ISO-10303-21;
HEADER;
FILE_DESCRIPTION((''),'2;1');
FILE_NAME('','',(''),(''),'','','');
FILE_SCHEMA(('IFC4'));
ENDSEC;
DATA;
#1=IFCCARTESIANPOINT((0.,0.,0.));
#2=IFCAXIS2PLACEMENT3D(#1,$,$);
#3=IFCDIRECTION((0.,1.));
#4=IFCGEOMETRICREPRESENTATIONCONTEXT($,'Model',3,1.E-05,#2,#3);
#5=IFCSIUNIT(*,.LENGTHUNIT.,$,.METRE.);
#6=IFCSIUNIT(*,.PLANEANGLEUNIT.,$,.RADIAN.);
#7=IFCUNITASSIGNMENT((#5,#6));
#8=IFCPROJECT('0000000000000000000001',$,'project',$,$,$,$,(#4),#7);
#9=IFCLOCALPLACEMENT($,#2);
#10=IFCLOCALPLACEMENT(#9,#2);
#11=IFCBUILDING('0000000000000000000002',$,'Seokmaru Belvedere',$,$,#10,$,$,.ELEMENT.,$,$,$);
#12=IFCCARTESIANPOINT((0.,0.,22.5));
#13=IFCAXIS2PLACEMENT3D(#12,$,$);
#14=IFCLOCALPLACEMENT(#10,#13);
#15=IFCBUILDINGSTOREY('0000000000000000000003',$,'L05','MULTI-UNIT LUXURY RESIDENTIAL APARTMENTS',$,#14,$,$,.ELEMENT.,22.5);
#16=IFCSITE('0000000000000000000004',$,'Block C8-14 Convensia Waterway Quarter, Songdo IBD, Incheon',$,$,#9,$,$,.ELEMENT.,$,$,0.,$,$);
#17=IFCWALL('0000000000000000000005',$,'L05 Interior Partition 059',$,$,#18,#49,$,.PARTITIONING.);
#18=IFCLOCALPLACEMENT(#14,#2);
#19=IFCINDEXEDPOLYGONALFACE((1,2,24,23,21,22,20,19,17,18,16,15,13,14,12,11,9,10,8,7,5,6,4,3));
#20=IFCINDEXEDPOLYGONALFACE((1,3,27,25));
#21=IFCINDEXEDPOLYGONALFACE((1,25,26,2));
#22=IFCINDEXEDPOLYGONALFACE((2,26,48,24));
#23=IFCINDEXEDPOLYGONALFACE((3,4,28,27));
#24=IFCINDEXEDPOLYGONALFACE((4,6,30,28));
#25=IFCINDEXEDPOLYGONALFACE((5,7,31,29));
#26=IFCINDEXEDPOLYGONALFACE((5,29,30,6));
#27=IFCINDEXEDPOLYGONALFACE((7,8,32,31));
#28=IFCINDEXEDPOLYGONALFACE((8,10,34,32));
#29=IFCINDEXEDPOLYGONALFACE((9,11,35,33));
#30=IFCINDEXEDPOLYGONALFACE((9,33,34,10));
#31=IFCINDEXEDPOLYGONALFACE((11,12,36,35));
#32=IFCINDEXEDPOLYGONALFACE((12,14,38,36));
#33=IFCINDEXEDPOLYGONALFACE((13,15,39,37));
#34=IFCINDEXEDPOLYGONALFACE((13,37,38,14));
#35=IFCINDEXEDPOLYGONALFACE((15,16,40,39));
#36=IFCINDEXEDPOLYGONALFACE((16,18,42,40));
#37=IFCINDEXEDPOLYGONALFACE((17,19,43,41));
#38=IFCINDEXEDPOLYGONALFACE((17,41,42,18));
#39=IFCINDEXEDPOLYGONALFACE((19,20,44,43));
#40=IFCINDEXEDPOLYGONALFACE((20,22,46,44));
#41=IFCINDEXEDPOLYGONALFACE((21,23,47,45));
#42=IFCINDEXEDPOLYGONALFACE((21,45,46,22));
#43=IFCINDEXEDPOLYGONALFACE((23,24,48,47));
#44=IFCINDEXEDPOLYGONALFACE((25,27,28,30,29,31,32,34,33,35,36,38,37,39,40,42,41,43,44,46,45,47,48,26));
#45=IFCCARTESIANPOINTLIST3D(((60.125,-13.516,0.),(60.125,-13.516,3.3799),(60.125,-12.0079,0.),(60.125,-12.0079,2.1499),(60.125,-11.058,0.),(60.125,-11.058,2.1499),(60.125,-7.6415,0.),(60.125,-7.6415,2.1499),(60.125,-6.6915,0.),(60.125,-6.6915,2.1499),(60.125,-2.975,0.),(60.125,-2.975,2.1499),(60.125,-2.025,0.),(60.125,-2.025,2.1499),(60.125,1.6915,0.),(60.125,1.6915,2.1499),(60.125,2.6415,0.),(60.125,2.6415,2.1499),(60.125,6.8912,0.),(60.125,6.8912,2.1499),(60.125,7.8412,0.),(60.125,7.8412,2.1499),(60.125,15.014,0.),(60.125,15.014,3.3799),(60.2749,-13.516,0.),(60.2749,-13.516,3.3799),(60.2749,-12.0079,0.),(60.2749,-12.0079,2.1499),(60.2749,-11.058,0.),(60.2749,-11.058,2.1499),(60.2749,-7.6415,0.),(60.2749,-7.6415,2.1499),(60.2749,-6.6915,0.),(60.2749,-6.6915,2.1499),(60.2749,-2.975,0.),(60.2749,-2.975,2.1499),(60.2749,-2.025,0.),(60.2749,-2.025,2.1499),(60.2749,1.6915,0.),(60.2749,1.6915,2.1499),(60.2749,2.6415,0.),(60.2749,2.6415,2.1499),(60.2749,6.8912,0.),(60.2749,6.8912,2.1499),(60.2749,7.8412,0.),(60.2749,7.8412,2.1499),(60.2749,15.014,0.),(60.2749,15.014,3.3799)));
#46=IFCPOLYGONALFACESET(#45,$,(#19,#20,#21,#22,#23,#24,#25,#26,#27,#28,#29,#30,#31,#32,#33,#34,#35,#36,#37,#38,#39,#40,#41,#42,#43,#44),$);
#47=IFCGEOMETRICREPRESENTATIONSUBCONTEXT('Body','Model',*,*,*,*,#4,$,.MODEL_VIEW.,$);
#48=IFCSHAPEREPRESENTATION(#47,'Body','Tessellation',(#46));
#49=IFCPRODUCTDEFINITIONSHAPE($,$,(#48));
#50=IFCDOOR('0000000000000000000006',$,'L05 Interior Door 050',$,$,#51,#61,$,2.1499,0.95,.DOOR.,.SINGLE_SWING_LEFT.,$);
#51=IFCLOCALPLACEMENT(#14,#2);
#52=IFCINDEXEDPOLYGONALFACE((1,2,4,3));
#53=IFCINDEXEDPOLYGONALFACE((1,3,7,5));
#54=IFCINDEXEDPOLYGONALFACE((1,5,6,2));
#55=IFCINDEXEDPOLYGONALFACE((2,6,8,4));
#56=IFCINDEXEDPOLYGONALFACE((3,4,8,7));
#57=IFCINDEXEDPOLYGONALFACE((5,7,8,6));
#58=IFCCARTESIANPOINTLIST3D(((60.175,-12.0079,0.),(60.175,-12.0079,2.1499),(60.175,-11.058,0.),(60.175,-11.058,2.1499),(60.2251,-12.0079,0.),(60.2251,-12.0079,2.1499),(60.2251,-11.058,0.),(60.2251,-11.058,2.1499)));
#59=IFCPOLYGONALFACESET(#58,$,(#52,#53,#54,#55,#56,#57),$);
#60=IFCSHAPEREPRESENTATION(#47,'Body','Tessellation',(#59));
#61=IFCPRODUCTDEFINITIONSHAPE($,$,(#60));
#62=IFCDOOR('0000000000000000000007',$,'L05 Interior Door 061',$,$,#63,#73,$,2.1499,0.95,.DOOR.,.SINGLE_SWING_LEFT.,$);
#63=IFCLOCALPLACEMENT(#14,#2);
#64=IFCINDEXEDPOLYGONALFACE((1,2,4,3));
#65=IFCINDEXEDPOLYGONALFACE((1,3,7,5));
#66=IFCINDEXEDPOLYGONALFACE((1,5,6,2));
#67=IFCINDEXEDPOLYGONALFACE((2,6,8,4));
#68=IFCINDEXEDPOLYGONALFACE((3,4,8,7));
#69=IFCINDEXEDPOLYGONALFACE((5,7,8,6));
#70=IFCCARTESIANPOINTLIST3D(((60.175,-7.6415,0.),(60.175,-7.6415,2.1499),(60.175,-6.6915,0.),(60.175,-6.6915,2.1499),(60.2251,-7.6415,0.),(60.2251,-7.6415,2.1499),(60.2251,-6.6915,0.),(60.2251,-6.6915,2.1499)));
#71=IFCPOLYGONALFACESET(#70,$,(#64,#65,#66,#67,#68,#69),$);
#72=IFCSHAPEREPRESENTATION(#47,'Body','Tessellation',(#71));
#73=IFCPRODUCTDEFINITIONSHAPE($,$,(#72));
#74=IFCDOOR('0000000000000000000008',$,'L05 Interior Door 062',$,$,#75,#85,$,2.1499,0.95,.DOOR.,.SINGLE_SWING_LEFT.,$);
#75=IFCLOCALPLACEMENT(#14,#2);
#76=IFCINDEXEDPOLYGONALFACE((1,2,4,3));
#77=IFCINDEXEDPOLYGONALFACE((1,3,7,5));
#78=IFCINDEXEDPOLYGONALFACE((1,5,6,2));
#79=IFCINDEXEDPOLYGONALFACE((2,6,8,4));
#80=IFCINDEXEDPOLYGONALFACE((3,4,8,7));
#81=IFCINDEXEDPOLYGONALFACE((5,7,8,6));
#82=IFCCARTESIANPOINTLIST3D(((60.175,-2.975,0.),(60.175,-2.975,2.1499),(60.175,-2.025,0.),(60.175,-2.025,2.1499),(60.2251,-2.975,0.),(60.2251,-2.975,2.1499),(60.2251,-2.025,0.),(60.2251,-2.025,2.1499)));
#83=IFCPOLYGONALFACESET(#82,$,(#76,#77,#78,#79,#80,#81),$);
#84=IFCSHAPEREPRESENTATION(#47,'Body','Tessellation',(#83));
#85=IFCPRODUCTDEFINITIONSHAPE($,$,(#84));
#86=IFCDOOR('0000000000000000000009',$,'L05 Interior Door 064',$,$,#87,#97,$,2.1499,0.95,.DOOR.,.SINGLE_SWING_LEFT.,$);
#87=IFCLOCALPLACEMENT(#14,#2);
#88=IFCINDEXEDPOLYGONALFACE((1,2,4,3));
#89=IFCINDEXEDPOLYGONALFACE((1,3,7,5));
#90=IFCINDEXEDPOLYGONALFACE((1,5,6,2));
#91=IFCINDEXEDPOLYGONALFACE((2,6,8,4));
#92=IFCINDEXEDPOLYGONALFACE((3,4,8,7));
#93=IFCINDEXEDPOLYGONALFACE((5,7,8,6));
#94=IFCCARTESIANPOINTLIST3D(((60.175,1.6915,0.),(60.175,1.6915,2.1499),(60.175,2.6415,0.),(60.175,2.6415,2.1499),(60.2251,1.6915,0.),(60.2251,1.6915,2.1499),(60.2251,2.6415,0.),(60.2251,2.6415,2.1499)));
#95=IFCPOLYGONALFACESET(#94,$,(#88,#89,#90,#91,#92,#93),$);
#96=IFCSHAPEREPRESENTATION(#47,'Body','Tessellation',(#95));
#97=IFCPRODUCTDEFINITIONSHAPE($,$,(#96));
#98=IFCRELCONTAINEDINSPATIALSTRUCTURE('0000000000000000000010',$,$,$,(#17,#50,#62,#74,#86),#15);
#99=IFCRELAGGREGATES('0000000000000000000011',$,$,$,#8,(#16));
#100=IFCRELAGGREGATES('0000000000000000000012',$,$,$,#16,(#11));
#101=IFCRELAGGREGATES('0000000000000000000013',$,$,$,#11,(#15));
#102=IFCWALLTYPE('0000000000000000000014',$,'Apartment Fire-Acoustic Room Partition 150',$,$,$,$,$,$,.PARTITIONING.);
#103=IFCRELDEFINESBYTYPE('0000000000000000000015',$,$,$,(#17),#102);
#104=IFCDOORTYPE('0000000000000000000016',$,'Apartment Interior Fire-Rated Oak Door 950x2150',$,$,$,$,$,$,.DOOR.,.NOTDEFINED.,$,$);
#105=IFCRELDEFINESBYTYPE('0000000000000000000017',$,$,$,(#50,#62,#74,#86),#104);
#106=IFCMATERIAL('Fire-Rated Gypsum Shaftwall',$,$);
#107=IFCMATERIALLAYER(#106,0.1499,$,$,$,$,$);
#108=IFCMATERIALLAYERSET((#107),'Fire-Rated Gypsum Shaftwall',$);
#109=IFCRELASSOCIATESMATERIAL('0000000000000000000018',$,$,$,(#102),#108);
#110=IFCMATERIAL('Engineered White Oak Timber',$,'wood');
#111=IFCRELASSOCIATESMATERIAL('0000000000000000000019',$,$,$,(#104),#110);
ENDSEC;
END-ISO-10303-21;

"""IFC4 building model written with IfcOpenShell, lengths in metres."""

from ifc_helpers import new_model, si_unit, direction, frame, frame_2d, origin, place, context, subcontext, project, spatial, rectangle, extrude, source, transform, mapped, material, layer, layer_set, type_object, type_shapes, element, fill, save


model = new_model("IFC4")

# Units and contexts
model_context = context("Model", 3, precision=1e-05, world=origin(), true_north=direction((0.0, 1.0)))
body_context = subcontext(model_context, "Body", "Model", "MODEL_VIEW")
ifc_project = project(units=[si_unit("LENGTHUNIT", "METRE"), si_unit("PLANEANGLEUNIT", "RADIAN")], contexts=[model_context])

# Site, building, storey
site_placement = place(None, origin())
site = spatial("IfcSite", under=ifc_project, at=site_placement, Name="Block C8-14 Convensia Waterway Quarter, Songdo IBD, Incheon", CompositionType="ELEMENT", RefElevation=0.0)
building_placement = place(site_placement, origin())
building = spatial("IfcBuilding", under=site, at=building_placement, Name="Seokmaru Belvedere", CompositionType="ELEMENT")
storey_placement = place(building_placement, frame((0.0, 0.0, 22.5)))
storey = spatial("IfcBuildingStorey", under=building, at=storey_placement, Name="L05", Description="MULTI-UNIT LUXURY RESIDENTIAL APARTMENTS", CompositionType="ELEMENT", Elevation=22.5)

# Wall, openings, doors
ifc_material_1 = material(Name="Fire-Rated Gypsum Shaftwall")
ifc_layer_1 = layer(ifc_material_1, 0.1499)
ifc_layer_set_1 = layer_set([ifc_layer_1], Name="Fire-Rated Gypsum Shaftwall")
wall_type = type_object("IfcWallType", Name="Apartment Fire-Acoustic Room Partition 150", PredefinedType="PARTITIONING", material=ifc_layer_set_1)
ifc_material_2 = material(Name="Engineered White Oak Timber", Category="wood")
door_type = type_object("IfcDoorType", Name="Apartment Interior Fire-Rated Oak Door 950x2150", OperationType="NOTDEFINED", PredefinedType="DOOR", material=ifc_material_2)
shared_shape_1 = source(origin(), body_context, "Body", "SweptSolid", [
    extrude(rectangle(XDim=0.95, YDim=2.1499, at=frame_2d((0.4751, 1.075))), frame((0.0, 0.0249, 0.0), z_axis=(0.0, -1.0, 0.0), x_axis=(1.0, 0.0, 0.0)), (0.0, 0.0, 1.0), 0.05),
])
type_shapes(door_type, [shared_shape_1])
wall_1_placement = place(storey_placement, frame((60.2, -13.5161, 0.0), z_axis=(0.0, 0.0, 1.0), x_axis=(0.0, 1.0, 0.0)))
wall_1 = element("IfcWall", 1, at=wall_1_placement, inside=storey, type_object=wall_type, Name="L05 Interior Partition 059", PredefinedType="PARTITIONING", context=body_context, shape_type="SweptSolid", body=[
    extrude(rectangle(XDim=28.53, YDim=0.1499, at=frame_2d((14.2651, 0.0))), origin(), (0.0, 0.0, 1.0), 3.3799),
])
opening_1_placement = place(wall_1_placement, frame((1.5081, 0.0, 0.0)))
opening_1 = element("IfcOpeningElement", 2, at=opening_1_placement, cuts=wall_1, PredefinedType="OPENING", context=body_context, shape_type="SweptSolid", body=[
    extrude(rectangle(XDim=0.95, YDim=2.1499, at=frame_2d((0.4751, 1.075))), frame((0.0, 0.085, 0.0), z_axis=(0.0, -1.0, 0.0), x_axis=(1.0, 0.0, 0.0)), (0.0, 0.0, 1.0), 0.1699),
])
opening_2_placement = place(wall_1_placement, frame((5.8745, 0.0, 0.0)))
opening_2 = element("IfcOpeningElement", 3, at=opening_2_placement, cuts=wall_1, PredefinedType="OPENING", context=body_context, shape_type="SweptSolid", body=[
    extrude(rectangle(XDim=0.95, YDim=2.1499, at=frame_2d((0.4751, 1.075))), frame((0.0, 0.085, 0.0), z_axis=(0.0, -1.0, 0.0), x_axis=(1.0, 0.0, 0.0)), (0.0, 0.0, 1.0), 0.1699),
])
opening_3_placement = place(wall_1_placement, frame((10.541, 0.0, 0.0)))
opening_3 = element("IfcOpeningElement", 4, at=opening_3_placement, cuts=wall_1, PredefinedType="OPENING", context=body_context, shape_type="SweptSolid", body=[
    extrude(rectangle(XDim=0.95, YDim=2.1499, at=frame_2d((0.4751, 1.075))), frame((0.0, 0.085, 0.0), z_axis=(0.0, -1.0, 0.0), x_axis=(1.0, 0.0, 0.0)), (0.0, 0.0, 1.0), 0.1699),
])
opening_4_placement = place(wall_1_placement, frame((15.2075, 0.0, 0.0)))
opening_4 = element("IfcOpeningElement", 5, at=opening_4_placement, cuts=wall_1, PredefinedType="OPENING", context=body_context, shape_type="SweptSolid", body=[
    extrude(rectangle(XDim=0.95, YDim=2.1499, at=frame_2d((0.4751, 1.075))), frame((0.0, 0.085, 0.0), z_axis=(0.0, -1.0, 0.0), x_axis=(1.0, 0.0, 0.0)), (0.0, 0.0, 1.0), 0.1699),
])
opening_5_placement = place(wall_1_placement, frame((20.4072, 0.0, 0.0)))
element("IfcOpeningElement", 6, at=opening_5_placement, cuts=wall_1, PredefinedType="OPENING", context=body_context, shape_type="SweptSolid", body=[
    extrude(rectangle(XDim=0.95, YDim=2.1499, at=frame_2d((0.4751, 1.075))), frame((0.0, 0.085, 0.0), z_axis=(0.0, -1.0, 0.0), x_axis=(1.0, 0.0, 0.0)), (0.0, 0.0, 1.0), 0.1699),
])
door_1_placement = place(opening_1_placement, origin())
door_1 = element("IfcDoor", 7, at=door_1_placement, inside=storey, type_object=door_type, Name="L05 Interior Door 050", OperationType="SINGLE_SWING_LEFT", OverallHeight=2.1499, OverallWidth=0.95, PredefinedType="DOOR", context=body_context, shape_type="MappedRepresentation", body=[
    mapped(shared_shape_1, transform((0.0, 0.0, 0.0), scale=1.0)),
])
fill(opening_1, door_1)
door_2_placement = place(opening_2_placement, origin())
door_2 = element("IfcDoor", 8, at=door_2_placement, inside=storey, type_object=door_type, Name="L05 Interior Door 061", OperationType="SINGLE_SWING_LEFT", OverallHeight=2.1499, OverallWidth=0.95, PredefinedType="DOOR", context=body_context, shape_type="MappedRepresentation", body=[
    mapped(shared_shape_1, transform((0.0, 0.0, 0.0), scale=1.0)),
])
fill(opening_2, door_2)
door_3_placement = place(opening_3_placement, origin())
door_3 = element("IfcDoor", 9, at=door_3_placement, inside=storey, type_object=door_type, Name="L05 Interior Door 062", OperationType="SINGLE_SWING_LEFT", OverallHeight=2.1499, OverallWidth=0.95, PredefinedType="DOOR", context=body_context, shape_type="MappedRepresentation", body=[
    mapped(shared_shape_1, transform((0.0, 0.0, 0.0), scale=1.0)),
])
fill(opening_3, door_3)
door_4_placement = place(opening_4_placement, origin())
door_4 = element("IfcDoor", 10, at=door_4_placement, inside=storey, type_object=door_type, Name="L05 Interior Door 064", OperationType="SINGLE_SWING_LEFT", OverallHeight=2.1499, OverallWidth=0.95, PredefinedType="DOOR", context=body_context, shape_type="MappedRepresentation", body=[
    mapped(shared_shape_1, transform((0.0, 0.0, 0.0), scale=1.0)),
])
fill(opening_4, door_4)

save(model, "model.ifc")
